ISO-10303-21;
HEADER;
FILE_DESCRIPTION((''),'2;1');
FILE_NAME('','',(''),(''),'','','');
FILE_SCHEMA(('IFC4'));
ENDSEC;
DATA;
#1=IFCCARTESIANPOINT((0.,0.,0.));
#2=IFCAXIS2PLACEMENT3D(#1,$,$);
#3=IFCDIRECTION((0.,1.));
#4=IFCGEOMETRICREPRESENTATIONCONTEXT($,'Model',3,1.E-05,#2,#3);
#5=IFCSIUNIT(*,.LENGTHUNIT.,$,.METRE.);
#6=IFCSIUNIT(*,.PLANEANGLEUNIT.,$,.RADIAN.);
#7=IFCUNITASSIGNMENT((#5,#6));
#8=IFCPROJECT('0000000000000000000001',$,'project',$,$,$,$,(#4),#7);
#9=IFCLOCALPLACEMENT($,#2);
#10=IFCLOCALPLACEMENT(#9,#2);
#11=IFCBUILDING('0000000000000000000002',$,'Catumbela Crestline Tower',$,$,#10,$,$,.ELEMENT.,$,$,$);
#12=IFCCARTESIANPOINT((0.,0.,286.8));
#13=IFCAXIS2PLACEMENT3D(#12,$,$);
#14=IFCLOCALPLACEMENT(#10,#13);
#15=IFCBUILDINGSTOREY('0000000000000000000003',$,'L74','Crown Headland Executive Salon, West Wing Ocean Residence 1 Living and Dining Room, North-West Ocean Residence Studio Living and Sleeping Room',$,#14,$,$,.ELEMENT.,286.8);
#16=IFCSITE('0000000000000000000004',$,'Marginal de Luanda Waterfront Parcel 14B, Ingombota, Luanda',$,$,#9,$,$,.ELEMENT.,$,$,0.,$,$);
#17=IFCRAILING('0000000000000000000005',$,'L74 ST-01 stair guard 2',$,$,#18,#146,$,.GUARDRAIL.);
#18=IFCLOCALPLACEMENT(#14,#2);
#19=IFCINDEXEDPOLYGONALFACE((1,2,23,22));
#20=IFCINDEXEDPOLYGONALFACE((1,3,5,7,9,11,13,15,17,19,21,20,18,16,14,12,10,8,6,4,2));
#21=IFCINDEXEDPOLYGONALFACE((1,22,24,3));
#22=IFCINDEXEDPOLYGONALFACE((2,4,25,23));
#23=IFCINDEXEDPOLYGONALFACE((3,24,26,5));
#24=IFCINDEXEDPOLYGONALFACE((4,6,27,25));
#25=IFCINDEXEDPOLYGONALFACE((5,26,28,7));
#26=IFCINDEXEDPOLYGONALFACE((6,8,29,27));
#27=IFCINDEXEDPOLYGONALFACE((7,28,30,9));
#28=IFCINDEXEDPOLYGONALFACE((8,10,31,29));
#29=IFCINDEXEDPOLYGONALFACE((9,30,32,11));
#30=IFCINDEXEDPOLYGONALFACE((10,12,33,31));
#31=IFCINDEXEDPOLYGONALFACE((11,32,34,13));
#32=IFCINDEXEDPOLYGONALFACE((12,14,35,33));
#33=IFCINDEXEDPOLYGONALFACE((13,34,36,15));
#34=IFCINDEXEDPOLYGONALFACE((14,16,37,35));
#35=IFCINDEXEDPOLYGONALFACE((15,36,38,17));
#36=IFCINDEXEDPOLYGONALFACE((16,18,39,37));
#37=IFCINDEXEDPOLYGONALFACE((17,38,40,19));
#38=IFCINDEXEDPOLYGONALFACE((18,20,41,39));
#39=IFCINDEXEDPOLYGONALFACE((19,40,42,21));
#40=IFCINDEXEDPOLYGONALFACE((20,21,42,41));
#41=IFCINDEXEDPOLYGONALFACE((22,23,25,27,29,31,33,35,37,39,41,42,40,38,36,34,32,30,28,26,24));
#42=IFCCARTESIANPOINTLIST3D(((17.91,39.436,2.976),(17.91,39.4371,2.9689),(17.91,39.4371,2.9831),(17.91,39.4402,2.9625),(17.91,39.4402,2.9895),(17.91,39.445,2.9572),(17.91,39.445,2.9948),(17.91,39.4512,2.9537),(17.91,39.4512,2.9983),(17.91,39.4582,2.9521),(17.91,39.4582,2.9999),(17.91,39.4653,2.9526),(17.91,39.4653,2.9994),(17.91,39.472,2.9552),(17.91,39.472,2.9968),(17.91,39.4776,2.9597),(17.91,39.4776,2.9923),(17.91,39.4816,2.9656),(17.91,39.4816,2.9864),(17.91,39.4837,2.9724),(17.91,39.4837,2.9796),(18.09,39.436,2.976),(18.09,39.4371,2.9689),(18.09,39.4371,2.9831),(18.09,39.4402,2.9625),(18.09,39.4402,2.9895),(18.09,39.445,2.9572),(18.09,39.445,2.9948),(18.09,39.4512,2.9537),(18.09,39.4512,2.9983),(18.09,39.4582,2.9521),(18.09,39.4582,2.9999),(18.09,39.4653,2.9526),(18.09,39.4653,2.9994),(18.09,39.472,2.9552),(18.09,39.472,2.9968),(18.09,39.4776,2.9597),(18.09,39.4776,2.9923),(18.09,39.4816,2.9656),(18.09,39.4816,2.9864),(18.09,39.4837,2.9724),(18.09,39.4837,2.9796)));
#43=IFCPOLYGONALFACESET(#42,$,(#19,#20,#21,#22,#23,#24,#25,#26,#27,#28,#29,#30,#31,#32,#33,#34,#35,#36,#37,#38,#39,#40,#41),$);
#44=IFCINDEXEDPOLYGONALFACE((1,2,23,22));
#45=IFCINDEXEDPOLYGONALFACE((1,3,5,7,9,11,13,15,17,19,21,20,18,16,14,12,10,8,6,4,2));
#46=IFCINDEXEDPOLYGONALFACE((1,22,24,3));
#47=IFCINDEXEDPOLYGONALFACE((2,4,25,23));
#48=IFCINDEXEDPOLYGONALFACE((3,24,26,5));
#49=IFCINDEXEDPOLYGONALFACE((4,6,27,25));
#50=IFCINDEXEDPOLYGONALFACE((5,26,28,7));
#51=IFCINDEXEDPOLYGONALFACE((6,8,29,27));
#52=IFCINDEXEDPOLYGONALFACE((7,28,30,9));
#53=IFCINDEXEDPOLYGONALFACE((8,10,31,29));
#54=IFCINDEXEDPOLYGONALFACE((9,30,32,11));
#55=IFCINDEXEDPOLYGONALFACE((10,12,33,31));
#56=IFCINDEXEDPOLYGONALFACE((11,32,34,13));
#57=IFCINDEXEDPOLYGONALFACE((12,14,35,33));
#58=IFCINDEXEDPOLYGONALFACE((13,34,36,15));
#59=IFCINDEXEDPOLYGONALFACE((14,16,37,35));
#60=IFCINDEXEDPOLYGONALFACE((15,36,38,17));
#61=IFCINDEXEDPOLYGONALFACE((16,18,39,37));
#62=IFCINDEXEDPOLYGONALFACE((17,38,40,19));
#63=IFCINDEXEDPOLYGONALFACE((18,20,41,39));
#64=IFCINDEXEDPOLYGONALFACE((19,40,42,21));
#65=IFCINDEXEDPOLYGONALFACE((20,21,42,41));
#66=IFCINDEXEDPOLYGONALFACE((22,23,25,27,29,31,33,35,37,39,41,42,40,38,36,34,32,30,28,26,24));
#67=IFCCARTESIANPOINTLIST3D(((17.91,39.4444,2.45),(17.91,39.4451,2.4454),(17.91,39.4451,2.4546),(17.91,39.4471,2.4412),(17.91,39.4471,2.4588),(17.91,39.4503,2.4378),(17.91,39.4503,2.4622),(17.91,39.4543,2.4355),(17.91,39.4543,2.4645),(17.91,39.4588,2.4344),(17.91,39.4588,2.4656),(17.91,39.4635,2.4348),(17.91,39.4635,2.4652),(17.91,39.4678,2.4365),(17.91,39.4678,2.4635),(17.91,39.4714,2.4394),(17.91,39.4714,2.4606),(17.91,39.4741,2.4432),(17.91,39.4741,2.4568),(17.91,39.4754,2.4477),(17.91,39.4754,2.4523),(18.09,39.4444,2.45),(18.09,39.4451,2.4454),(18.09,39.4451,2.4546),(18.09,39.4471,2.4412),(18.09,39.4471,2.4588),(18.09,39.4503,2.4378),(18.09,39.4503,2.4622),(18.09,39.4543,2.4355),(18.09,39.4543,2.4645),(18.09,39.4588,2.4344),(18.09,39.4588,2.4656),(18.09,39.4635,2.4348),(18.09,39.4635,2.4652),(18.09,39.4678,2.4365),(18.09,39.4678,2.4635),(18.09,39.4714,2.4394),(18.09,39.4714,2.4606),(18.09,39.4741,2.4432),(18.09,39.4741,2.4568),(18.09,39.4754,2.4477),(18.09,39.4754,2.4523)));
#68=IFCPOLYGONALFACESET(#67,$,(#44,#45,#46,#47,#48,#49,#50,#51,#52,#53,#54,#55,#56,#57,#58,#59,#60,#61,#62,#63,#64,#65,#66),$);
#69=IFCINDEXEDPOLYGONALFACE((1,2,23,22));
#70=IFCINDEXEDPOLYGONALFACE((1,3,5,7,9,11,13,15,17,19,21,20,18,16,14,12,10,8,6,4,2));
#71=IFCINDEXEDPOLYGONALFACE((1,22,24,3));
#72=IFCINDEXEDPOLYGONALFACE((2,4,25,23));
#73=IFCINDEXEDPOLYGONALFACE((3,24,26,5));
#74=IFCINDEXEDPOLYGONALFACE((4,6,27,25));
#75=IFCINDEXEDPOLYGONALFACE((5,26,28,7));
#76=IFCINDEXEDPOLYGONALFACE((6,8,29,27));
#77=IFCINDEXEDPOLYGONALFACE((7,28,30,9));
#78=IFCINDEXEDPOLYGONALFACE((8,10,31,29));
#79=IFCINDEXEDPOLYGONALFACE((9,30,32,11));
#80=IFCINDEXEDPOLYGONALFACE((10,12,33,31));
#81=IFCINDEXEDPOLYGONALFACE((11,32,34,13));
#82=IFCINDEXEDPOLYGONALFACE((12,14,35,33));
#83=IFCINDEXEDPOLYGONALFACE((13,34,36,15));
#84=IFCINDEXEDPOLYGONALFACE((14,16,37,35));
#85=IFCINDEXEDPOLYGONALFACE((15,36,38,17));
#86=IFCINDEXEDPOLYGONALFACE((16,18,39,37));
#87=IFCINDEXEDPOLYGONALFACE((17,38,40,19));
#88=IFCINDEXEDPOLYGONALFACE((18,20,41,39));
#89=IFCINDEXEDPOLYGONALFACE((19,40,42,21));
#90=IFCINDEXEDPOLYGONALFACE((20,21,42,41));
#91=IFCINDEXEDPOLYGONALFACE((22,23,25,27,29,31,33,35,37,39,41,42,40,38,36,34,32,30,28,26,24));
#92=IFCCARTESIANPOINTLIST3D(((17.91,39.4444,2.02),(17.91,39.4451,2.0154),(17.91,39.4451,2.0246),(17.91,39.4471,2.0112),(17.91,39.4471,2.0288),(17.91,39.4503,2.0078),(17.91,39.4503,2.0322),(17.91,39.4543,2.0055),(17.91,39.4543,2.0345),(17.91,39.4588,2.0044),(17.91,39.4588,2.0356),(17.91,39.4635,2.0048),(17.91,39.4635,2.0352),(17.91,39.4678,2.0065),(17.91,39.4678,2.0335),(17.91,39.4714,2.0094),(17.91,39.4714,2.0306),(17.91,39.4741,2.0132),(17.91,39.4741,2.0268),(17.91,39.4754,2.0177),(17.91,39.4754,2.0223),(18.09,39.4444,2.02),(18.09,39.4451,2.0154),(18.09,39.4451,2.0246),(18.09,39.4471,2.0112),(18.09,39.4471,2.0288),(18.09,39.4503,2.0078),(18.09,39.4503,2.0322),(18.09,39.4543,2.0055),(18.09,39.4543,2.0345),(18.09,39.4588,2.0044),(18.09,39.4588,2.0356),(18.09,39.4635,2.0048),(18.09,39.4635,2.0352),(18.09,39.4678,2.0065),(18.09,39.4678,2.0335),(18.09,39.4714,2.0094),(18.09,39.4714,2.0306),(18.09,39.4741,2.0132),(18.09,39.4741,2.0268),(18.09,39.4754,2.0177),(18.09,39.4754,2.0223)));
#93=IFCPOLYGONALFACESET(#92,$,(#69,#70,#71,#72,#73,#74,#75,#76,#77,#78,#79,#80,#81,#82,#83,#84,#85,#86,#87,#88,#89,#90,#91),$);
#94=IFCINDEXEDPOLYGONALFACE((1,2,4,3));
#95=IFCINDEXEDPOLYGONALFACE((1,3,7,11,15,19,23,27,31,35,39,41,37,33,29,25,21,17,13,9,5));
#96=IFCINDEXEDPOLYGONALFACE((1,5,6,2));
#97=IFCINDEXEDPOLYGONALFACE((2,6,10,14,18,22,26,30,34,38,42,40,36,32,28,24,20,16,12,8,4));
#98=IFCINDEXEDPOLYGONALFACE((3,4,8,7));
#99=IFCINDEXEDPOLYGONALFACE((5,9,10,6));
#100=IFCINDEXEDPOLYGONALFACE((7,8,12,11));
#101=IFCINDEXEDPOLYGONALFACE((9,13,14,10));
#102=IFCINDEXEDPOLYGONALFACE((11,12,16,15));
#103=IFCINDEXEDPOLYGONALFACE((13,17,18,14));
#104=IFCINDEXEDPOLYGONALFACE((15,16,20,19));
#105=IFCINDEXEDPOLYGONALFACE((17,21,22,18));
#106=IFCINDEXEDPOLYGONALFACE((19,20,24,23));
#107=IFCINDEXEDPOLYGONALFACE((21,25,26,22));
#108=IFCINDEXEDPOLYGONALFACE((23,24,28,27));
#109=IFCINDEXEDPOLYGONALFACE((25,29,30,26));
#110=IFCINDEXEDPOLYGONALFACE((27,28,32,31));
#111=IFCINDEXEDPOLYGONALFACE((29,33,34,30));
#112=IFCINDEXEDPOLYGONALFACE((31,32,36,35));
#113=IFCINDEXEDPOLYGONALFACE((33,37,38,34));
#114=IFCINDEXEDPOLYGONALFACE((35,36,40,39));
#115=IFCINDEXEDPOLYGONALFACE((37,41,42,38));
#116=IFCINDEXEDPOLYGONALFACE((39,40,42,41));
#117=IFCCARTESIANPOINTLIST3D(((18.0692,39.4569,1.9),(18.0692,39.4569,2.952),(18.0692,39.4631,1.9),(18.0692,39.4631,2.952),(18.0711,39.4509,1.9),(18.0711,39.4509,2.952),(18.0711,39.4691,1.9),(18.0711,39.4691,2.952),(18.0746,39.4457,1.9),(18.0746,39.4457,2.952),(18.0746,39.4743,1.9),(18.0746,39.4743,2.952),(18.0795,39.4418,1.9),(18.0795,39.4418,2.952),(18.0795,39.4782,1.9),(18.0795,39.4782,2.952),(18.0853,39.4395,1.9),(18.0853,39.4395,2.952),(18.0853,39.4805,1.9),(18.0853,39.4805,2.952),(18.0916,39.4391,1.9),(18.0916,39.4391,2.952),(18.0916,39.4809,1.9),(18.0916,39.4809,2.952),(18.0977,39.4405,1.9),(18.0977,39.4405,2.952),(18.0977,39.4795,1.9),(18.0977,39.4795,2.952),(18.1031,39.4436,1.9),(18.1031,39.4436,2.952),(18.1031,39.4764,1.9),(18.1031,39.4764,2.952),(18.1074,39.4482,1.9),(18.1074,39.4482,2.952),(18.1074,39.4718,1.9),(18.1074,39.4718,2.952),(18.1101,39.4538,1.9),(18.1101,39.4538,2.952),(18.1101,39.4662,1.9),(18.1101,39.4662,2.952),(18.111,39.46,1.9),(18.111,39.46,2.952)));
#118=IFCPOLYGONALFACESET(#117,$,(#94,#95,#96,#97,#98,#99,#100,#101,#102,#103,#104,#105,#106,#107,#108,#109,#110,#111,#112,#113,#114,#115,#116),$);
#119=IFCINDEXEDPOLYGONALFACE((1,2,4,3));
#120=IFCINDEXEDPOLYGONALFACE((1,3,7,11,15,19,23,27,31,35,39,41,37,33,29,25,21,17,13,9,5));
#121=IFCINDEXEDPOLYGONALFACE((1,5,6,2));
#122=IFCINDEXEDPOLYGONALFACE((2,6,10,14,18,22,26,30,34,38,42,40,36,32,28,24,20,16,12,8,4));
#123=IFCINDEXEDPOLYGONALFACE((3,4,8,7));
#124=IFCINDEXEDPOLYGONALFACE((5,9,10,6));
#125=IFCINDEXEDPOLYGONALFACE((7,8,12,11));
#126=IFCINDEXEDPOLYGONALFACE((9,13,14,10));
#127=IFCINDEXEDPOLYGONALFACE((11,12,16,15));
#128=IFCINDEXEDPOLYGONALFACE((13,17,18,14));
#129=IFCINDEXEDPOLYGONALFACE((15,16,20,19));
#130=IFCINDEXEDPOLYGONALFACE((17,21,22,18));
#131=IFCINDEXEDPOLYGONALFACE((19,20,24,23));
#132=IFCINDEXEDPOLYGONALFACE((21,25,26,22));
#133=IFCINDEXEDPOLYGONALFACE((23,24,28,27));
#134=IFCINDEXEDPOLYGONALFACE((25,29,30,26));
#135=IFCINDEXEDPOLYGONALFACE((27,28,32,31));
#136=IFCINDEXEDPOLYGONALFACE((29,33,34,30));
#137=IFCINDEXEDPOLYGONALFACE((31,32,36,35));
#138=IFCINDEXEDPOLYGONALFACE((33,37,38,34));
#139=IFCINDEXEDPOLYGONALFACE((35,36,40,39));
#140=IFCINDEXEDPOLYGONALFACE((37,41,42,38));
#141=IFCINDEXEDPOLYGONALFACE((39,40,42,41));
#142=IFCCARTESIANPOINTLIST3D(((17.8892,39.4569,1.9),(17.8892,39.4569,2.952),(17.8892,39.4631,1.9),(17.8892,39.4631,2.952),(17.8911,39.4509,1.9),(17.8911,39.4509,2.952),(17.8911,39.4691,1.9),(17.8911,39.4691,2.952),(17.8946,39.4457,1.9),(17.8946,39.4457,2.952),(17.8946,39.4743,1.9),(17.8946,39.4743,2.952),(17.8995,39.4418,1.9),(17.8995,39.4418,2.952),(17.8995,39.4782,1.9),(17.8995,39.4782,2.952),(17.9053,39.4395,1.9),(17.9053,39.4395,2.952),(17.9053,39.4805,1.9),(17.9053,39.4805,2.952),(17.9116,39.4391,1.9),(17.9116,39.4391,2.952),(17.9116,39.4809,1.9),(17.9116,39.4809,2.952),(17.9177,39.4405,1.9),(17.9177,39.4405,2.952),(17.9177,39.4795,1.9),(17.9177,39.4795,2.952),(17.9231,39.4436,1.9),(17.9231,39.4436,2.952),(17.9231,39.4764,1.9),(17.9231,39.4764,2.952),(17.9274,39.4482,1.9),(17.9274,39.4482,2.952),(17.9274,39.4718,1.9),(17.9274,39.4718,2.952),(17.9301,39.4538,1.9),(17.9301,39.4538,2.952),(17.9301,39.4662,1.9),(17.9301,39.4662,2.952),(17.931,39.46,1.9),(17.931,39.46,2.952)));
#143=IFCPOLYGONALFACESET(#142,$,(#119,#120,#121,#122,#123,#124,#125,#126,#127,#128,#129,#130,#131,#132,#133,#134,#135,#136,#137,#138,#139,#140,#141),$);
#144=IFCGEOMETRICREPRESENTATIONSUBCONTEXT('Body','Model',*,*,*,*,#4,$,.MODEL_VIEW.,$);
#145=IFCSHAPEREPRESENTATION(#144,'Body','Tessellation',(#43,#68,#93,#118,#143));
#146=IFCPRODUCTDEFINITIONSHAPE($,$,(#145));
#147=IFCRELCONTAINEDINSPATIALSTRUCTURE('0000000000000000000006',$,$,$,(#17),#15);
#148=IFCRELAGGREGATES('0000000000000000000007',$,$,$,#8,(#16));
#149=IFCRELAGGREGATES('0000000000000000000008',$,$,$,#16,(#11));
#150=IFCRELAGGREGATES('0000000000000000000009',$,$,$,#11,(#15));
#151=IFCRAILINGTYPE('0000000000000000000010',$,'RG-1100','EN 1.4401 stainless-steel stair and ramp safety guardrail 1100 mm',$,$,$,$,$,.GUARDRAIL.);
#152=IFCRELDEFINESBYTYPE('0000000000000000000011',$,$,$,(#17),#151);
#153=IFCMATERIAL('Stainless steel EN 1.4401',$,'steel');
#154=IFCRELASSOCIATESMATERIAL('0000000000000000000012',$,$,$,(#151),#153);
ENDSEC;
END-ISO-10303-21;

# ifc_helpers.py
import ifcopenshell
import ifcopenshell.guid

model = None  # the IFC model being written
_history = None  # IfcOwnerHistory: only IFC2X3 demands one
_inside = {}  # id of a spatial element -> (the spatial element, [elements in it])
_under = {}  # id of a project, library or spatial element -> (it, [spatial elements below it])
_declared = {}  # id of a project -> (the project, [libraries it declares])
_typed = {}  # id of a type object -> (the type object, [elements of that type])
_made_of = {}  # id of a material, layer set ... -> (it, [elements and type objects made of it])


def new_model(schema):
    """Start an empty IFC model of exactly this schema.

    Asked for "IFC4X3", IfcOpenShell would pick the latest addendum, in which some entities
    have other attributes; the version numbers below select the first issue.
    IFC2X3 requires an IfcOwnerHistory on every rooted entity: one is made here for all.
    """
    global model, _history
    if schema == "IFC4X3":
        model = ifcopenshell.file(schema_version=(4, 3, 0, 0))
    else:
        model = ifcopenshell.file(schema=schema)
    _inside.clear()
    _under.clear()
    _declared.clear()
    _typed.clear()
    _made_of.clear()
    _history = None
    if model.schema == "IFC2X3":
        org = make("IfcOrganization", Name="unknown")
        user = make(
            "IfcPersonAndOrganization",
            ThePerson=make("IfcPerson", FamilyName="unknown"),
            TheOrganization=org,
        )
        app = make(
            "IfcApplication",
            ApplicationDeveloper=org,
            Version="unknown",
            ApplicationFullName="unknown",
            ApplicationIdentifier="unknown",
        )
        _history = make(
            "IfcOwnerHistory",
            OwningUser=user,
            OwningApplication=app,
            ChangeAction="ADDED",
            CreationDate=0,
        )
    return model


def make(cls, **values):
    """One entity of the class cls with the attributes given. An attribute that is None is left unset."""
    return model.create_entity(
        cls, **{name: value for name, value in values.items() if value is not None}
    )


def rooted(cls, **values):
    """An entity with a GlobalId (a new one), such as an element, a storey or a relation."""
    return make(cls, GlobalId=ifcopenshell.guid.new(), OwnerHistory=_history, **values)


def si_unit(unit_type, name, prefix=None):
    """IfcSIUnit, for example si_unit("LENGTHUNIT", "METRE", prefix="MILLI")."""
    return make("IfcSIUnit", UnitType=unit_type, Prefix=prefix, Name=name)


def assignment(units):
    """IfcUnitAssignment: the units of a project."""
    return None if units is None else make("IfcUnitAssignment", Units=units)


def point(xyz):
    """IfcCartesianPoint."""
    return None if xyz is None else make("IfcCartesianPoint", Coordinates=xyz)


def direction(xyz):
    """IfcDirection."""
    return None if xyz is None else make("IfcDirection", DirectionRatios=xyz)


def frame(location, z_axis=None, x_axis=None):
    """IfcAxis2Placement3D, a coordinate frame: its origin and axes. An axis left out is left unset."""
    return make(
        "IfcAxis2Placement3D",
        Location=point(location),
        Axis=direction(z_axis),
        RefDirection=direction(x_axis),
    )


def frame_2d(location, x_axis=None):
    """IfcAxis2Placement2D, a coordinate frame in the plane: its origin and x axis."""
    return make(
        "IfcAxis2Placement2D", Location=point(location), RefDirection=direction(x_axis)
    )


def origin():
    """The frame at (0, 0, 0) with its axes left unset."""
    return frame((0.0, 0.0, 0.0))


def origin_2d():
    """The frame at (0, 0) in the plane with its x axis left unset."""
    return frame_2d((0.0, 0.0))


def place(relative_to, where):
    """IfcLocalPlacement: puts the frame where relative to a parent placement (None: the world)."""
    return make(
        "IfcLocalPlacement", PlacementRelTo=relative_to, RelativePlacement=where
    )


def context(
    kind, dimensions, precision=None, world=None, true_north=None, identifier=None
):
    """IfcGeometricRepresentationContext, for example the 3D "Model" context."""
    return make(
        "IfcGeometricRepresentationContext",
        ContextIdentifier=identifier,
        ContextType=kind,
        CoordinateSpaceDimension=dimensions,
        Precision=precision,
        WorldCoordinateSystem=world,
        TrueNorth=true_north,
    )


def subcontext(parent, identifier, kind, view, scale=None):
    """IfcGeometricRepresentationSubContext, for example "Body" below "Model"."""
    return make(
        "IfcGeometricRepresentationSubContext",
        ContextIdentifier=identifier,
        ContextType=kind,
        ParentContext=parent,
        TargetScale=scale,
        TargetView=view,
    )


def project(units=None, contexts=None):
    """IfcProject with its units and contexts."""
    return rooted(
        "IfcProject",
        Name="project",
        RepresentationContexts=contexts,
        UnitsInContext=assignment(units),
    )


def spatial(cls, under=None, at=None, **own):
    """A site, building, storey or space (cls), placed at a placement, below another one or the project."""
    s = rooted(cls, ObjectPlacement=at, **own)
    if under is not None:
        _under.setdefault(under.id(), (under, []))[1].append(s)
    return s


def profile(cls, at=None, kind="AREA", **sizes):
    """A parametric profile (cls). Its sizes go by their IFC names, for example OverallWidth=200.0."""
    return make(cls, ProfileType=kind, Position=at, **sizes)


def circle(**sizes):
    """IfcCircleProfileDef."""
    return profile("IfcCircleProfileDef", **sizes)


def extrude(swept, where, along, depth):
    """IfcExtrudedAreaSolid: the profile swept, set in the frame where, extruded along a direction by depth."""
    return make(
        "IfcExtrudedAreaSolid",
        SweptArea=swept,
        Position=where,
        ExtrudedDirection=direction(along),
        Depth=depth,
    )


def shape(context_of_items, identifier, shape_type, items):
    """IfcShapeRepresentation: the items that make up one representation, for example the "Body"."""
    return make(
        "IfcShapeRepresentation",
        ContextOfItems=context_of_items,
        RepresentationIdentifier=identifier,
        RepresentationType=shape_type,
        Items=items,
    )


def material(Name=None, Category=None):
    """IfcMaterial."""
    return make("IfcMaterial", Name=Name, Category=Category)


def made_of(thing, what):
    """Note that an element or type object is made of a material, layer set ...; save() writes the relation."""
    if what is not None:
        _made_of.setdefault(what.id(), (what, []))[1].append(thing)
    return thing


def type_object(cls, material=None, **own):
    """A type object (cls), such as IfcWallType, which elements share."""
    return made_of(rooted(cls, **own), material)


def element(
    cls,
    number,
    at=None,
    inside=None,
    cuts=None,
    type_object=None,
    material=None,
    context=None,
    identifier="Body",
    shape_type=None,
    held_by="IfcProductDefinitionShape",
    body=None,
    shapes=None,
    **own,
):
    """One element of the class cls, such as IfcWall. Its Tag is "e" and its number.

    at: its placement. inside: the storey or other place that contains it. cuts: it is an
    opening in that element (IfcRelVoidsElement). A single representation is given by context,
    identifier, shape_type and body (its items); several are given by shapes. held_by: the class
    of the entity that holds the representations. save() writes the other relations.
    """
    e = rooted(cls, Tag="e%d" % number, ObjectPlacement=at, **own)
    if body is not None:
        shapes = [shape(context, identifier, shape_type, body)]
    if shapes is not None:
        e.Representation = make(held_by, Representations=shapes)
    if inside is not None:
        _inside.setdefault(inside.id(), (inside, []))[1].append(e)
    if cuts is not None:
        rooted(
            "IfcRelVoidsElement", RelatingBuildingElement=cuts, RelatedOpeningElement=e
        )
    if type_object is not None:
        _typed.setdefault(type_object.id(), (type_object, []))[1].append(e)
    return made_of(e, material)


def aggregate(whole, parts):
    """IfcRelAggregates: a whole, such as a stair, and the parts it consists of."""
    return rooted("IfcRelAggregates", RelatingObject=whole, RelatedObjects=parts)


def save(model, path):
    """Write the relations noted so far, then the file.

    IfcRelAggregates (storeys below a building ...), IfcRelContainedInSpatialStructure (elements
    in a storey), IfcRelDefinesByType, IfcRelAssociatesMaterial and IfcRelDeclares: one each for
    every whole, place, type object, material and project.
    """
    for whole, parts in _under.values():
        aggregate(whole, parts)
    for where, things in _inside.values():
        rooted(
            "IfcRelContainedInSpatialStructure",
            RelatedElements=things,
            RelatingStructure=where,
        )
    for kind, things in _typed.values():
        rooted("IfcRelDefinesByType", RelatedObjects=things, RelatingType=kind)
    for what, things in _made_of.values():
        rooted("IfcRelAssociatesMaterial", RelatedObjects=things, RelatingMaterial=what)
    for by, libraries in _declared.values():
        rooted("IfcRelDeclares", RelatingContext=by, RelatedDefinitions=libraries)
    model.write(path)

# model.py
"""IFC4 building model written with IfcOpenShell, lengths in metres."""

from ifc_helpers import new_model, si_unit, direction, frame, origin, origin_2d, place, context, subcontext, project, spatial, circle, extrude, material, type_object, element, save


model = new_model("IFC4")

# Units and contexts
model_context = context("Model", 3, precision=1e-05, world=origin(), true_north=direction((0.0, 1.0)))
body_context = subcontext(model_context, "Body", "Model", "MODEL_VIEW")
ifc_project = project(units=[si_unit("LENGTHUNIT", "METRE"), si_unit("PLANEANGLEUNIT", "RADIAN")], contexts=[model_context])

# Site, building, storey
site_placement = place(None, origin())
site = spatial("IfcSite", under=ifc_project, at=site_placement, Name="Marginal de Luanda Waterfront Parcel 14B, Ingombota, Luanda", CompositionType="ELEMENT", RefElevation=0.0)
building_placement = place(site_placement, origin())
building = spatial("IfcBuilding", under=site, at=building_placement, Name="Catumbela Crestline Tower", CompositionType="ELEMENT")
storey_placement = place(building_placement, frame((0.0, 0.0, 286.8)))
storey = spatial("IfcBuildingStorey", under=building, at=storey_placement, Name="L74", Description="Crown Headland Executive Salon, West Wing Ocean Residence 1 Living and Dining Room, North-West Ocean Residence Studio Living and Sleeping Room", CompositionType="ELEMENT", Elevation=286.8)

# Shared definitions
ifc_material_1 = material(Name="Stainless steel EN 1.4401", Category="steel")

# Railing
railing_type_1 = type_object("IfcRailingType", Name="RG-1100", Description="EN 1.4401 stainless-steel stair and ramp safety guardrail 1100 mm", PredefinedType="GUARDRAIL", material=ifc_material_1)
railing_1_placement = place(storey_placement, frame((18.09, 39.46, 1.9)))
element("IfcRailing", 1, at=railing_1_placement, inside=storey, type_object=railing_type_1, Name="L74 ST-01 stair guard 2", PredefinedType="GUARDRAIL", context=body_context, shape_type="SweptSolid", body=[
    extrude(circle(Radius=0.024, at=origin_2d()), frame((0.0, 0.0, 1.076), z_axis=(-1.0, 0.0, 0.0), x_axis=(0.0, -1.0, 0.0)), (0.0, 0.0, 1.0), 0.18),
    extrude(circle(Radius=0.0156, at=origin_2d()), frame((0.0, 0.0, 0.55), z_axis=(-1.0, 0.0, 0.0), x_axis=(0.0, -1.0, 0.0)), (0.0, 0.0, 1.0), 0.18),
    extrude(circle(Radius=0.0156, at=origin_2d()), frame((0.0, 0.0, 0.12), z_axis=(-1.0, 0.0, 0.0), x_axis=(0.0, -1.0, 0.0)), (0.0, 0.0, 1.0), 0.18),
    extrude(circle(Radius=0.021, at=origin_2d()), origin(), (0.0, 0.0, 1.0), 1.052),
    extrude(circle(Radius=0.021, at=origin_2d()), frame((-0.18, 0.0, 0.0)), (0.0, 0.0, 1.0), 1.052),
])

save(model, "model.ifc")
